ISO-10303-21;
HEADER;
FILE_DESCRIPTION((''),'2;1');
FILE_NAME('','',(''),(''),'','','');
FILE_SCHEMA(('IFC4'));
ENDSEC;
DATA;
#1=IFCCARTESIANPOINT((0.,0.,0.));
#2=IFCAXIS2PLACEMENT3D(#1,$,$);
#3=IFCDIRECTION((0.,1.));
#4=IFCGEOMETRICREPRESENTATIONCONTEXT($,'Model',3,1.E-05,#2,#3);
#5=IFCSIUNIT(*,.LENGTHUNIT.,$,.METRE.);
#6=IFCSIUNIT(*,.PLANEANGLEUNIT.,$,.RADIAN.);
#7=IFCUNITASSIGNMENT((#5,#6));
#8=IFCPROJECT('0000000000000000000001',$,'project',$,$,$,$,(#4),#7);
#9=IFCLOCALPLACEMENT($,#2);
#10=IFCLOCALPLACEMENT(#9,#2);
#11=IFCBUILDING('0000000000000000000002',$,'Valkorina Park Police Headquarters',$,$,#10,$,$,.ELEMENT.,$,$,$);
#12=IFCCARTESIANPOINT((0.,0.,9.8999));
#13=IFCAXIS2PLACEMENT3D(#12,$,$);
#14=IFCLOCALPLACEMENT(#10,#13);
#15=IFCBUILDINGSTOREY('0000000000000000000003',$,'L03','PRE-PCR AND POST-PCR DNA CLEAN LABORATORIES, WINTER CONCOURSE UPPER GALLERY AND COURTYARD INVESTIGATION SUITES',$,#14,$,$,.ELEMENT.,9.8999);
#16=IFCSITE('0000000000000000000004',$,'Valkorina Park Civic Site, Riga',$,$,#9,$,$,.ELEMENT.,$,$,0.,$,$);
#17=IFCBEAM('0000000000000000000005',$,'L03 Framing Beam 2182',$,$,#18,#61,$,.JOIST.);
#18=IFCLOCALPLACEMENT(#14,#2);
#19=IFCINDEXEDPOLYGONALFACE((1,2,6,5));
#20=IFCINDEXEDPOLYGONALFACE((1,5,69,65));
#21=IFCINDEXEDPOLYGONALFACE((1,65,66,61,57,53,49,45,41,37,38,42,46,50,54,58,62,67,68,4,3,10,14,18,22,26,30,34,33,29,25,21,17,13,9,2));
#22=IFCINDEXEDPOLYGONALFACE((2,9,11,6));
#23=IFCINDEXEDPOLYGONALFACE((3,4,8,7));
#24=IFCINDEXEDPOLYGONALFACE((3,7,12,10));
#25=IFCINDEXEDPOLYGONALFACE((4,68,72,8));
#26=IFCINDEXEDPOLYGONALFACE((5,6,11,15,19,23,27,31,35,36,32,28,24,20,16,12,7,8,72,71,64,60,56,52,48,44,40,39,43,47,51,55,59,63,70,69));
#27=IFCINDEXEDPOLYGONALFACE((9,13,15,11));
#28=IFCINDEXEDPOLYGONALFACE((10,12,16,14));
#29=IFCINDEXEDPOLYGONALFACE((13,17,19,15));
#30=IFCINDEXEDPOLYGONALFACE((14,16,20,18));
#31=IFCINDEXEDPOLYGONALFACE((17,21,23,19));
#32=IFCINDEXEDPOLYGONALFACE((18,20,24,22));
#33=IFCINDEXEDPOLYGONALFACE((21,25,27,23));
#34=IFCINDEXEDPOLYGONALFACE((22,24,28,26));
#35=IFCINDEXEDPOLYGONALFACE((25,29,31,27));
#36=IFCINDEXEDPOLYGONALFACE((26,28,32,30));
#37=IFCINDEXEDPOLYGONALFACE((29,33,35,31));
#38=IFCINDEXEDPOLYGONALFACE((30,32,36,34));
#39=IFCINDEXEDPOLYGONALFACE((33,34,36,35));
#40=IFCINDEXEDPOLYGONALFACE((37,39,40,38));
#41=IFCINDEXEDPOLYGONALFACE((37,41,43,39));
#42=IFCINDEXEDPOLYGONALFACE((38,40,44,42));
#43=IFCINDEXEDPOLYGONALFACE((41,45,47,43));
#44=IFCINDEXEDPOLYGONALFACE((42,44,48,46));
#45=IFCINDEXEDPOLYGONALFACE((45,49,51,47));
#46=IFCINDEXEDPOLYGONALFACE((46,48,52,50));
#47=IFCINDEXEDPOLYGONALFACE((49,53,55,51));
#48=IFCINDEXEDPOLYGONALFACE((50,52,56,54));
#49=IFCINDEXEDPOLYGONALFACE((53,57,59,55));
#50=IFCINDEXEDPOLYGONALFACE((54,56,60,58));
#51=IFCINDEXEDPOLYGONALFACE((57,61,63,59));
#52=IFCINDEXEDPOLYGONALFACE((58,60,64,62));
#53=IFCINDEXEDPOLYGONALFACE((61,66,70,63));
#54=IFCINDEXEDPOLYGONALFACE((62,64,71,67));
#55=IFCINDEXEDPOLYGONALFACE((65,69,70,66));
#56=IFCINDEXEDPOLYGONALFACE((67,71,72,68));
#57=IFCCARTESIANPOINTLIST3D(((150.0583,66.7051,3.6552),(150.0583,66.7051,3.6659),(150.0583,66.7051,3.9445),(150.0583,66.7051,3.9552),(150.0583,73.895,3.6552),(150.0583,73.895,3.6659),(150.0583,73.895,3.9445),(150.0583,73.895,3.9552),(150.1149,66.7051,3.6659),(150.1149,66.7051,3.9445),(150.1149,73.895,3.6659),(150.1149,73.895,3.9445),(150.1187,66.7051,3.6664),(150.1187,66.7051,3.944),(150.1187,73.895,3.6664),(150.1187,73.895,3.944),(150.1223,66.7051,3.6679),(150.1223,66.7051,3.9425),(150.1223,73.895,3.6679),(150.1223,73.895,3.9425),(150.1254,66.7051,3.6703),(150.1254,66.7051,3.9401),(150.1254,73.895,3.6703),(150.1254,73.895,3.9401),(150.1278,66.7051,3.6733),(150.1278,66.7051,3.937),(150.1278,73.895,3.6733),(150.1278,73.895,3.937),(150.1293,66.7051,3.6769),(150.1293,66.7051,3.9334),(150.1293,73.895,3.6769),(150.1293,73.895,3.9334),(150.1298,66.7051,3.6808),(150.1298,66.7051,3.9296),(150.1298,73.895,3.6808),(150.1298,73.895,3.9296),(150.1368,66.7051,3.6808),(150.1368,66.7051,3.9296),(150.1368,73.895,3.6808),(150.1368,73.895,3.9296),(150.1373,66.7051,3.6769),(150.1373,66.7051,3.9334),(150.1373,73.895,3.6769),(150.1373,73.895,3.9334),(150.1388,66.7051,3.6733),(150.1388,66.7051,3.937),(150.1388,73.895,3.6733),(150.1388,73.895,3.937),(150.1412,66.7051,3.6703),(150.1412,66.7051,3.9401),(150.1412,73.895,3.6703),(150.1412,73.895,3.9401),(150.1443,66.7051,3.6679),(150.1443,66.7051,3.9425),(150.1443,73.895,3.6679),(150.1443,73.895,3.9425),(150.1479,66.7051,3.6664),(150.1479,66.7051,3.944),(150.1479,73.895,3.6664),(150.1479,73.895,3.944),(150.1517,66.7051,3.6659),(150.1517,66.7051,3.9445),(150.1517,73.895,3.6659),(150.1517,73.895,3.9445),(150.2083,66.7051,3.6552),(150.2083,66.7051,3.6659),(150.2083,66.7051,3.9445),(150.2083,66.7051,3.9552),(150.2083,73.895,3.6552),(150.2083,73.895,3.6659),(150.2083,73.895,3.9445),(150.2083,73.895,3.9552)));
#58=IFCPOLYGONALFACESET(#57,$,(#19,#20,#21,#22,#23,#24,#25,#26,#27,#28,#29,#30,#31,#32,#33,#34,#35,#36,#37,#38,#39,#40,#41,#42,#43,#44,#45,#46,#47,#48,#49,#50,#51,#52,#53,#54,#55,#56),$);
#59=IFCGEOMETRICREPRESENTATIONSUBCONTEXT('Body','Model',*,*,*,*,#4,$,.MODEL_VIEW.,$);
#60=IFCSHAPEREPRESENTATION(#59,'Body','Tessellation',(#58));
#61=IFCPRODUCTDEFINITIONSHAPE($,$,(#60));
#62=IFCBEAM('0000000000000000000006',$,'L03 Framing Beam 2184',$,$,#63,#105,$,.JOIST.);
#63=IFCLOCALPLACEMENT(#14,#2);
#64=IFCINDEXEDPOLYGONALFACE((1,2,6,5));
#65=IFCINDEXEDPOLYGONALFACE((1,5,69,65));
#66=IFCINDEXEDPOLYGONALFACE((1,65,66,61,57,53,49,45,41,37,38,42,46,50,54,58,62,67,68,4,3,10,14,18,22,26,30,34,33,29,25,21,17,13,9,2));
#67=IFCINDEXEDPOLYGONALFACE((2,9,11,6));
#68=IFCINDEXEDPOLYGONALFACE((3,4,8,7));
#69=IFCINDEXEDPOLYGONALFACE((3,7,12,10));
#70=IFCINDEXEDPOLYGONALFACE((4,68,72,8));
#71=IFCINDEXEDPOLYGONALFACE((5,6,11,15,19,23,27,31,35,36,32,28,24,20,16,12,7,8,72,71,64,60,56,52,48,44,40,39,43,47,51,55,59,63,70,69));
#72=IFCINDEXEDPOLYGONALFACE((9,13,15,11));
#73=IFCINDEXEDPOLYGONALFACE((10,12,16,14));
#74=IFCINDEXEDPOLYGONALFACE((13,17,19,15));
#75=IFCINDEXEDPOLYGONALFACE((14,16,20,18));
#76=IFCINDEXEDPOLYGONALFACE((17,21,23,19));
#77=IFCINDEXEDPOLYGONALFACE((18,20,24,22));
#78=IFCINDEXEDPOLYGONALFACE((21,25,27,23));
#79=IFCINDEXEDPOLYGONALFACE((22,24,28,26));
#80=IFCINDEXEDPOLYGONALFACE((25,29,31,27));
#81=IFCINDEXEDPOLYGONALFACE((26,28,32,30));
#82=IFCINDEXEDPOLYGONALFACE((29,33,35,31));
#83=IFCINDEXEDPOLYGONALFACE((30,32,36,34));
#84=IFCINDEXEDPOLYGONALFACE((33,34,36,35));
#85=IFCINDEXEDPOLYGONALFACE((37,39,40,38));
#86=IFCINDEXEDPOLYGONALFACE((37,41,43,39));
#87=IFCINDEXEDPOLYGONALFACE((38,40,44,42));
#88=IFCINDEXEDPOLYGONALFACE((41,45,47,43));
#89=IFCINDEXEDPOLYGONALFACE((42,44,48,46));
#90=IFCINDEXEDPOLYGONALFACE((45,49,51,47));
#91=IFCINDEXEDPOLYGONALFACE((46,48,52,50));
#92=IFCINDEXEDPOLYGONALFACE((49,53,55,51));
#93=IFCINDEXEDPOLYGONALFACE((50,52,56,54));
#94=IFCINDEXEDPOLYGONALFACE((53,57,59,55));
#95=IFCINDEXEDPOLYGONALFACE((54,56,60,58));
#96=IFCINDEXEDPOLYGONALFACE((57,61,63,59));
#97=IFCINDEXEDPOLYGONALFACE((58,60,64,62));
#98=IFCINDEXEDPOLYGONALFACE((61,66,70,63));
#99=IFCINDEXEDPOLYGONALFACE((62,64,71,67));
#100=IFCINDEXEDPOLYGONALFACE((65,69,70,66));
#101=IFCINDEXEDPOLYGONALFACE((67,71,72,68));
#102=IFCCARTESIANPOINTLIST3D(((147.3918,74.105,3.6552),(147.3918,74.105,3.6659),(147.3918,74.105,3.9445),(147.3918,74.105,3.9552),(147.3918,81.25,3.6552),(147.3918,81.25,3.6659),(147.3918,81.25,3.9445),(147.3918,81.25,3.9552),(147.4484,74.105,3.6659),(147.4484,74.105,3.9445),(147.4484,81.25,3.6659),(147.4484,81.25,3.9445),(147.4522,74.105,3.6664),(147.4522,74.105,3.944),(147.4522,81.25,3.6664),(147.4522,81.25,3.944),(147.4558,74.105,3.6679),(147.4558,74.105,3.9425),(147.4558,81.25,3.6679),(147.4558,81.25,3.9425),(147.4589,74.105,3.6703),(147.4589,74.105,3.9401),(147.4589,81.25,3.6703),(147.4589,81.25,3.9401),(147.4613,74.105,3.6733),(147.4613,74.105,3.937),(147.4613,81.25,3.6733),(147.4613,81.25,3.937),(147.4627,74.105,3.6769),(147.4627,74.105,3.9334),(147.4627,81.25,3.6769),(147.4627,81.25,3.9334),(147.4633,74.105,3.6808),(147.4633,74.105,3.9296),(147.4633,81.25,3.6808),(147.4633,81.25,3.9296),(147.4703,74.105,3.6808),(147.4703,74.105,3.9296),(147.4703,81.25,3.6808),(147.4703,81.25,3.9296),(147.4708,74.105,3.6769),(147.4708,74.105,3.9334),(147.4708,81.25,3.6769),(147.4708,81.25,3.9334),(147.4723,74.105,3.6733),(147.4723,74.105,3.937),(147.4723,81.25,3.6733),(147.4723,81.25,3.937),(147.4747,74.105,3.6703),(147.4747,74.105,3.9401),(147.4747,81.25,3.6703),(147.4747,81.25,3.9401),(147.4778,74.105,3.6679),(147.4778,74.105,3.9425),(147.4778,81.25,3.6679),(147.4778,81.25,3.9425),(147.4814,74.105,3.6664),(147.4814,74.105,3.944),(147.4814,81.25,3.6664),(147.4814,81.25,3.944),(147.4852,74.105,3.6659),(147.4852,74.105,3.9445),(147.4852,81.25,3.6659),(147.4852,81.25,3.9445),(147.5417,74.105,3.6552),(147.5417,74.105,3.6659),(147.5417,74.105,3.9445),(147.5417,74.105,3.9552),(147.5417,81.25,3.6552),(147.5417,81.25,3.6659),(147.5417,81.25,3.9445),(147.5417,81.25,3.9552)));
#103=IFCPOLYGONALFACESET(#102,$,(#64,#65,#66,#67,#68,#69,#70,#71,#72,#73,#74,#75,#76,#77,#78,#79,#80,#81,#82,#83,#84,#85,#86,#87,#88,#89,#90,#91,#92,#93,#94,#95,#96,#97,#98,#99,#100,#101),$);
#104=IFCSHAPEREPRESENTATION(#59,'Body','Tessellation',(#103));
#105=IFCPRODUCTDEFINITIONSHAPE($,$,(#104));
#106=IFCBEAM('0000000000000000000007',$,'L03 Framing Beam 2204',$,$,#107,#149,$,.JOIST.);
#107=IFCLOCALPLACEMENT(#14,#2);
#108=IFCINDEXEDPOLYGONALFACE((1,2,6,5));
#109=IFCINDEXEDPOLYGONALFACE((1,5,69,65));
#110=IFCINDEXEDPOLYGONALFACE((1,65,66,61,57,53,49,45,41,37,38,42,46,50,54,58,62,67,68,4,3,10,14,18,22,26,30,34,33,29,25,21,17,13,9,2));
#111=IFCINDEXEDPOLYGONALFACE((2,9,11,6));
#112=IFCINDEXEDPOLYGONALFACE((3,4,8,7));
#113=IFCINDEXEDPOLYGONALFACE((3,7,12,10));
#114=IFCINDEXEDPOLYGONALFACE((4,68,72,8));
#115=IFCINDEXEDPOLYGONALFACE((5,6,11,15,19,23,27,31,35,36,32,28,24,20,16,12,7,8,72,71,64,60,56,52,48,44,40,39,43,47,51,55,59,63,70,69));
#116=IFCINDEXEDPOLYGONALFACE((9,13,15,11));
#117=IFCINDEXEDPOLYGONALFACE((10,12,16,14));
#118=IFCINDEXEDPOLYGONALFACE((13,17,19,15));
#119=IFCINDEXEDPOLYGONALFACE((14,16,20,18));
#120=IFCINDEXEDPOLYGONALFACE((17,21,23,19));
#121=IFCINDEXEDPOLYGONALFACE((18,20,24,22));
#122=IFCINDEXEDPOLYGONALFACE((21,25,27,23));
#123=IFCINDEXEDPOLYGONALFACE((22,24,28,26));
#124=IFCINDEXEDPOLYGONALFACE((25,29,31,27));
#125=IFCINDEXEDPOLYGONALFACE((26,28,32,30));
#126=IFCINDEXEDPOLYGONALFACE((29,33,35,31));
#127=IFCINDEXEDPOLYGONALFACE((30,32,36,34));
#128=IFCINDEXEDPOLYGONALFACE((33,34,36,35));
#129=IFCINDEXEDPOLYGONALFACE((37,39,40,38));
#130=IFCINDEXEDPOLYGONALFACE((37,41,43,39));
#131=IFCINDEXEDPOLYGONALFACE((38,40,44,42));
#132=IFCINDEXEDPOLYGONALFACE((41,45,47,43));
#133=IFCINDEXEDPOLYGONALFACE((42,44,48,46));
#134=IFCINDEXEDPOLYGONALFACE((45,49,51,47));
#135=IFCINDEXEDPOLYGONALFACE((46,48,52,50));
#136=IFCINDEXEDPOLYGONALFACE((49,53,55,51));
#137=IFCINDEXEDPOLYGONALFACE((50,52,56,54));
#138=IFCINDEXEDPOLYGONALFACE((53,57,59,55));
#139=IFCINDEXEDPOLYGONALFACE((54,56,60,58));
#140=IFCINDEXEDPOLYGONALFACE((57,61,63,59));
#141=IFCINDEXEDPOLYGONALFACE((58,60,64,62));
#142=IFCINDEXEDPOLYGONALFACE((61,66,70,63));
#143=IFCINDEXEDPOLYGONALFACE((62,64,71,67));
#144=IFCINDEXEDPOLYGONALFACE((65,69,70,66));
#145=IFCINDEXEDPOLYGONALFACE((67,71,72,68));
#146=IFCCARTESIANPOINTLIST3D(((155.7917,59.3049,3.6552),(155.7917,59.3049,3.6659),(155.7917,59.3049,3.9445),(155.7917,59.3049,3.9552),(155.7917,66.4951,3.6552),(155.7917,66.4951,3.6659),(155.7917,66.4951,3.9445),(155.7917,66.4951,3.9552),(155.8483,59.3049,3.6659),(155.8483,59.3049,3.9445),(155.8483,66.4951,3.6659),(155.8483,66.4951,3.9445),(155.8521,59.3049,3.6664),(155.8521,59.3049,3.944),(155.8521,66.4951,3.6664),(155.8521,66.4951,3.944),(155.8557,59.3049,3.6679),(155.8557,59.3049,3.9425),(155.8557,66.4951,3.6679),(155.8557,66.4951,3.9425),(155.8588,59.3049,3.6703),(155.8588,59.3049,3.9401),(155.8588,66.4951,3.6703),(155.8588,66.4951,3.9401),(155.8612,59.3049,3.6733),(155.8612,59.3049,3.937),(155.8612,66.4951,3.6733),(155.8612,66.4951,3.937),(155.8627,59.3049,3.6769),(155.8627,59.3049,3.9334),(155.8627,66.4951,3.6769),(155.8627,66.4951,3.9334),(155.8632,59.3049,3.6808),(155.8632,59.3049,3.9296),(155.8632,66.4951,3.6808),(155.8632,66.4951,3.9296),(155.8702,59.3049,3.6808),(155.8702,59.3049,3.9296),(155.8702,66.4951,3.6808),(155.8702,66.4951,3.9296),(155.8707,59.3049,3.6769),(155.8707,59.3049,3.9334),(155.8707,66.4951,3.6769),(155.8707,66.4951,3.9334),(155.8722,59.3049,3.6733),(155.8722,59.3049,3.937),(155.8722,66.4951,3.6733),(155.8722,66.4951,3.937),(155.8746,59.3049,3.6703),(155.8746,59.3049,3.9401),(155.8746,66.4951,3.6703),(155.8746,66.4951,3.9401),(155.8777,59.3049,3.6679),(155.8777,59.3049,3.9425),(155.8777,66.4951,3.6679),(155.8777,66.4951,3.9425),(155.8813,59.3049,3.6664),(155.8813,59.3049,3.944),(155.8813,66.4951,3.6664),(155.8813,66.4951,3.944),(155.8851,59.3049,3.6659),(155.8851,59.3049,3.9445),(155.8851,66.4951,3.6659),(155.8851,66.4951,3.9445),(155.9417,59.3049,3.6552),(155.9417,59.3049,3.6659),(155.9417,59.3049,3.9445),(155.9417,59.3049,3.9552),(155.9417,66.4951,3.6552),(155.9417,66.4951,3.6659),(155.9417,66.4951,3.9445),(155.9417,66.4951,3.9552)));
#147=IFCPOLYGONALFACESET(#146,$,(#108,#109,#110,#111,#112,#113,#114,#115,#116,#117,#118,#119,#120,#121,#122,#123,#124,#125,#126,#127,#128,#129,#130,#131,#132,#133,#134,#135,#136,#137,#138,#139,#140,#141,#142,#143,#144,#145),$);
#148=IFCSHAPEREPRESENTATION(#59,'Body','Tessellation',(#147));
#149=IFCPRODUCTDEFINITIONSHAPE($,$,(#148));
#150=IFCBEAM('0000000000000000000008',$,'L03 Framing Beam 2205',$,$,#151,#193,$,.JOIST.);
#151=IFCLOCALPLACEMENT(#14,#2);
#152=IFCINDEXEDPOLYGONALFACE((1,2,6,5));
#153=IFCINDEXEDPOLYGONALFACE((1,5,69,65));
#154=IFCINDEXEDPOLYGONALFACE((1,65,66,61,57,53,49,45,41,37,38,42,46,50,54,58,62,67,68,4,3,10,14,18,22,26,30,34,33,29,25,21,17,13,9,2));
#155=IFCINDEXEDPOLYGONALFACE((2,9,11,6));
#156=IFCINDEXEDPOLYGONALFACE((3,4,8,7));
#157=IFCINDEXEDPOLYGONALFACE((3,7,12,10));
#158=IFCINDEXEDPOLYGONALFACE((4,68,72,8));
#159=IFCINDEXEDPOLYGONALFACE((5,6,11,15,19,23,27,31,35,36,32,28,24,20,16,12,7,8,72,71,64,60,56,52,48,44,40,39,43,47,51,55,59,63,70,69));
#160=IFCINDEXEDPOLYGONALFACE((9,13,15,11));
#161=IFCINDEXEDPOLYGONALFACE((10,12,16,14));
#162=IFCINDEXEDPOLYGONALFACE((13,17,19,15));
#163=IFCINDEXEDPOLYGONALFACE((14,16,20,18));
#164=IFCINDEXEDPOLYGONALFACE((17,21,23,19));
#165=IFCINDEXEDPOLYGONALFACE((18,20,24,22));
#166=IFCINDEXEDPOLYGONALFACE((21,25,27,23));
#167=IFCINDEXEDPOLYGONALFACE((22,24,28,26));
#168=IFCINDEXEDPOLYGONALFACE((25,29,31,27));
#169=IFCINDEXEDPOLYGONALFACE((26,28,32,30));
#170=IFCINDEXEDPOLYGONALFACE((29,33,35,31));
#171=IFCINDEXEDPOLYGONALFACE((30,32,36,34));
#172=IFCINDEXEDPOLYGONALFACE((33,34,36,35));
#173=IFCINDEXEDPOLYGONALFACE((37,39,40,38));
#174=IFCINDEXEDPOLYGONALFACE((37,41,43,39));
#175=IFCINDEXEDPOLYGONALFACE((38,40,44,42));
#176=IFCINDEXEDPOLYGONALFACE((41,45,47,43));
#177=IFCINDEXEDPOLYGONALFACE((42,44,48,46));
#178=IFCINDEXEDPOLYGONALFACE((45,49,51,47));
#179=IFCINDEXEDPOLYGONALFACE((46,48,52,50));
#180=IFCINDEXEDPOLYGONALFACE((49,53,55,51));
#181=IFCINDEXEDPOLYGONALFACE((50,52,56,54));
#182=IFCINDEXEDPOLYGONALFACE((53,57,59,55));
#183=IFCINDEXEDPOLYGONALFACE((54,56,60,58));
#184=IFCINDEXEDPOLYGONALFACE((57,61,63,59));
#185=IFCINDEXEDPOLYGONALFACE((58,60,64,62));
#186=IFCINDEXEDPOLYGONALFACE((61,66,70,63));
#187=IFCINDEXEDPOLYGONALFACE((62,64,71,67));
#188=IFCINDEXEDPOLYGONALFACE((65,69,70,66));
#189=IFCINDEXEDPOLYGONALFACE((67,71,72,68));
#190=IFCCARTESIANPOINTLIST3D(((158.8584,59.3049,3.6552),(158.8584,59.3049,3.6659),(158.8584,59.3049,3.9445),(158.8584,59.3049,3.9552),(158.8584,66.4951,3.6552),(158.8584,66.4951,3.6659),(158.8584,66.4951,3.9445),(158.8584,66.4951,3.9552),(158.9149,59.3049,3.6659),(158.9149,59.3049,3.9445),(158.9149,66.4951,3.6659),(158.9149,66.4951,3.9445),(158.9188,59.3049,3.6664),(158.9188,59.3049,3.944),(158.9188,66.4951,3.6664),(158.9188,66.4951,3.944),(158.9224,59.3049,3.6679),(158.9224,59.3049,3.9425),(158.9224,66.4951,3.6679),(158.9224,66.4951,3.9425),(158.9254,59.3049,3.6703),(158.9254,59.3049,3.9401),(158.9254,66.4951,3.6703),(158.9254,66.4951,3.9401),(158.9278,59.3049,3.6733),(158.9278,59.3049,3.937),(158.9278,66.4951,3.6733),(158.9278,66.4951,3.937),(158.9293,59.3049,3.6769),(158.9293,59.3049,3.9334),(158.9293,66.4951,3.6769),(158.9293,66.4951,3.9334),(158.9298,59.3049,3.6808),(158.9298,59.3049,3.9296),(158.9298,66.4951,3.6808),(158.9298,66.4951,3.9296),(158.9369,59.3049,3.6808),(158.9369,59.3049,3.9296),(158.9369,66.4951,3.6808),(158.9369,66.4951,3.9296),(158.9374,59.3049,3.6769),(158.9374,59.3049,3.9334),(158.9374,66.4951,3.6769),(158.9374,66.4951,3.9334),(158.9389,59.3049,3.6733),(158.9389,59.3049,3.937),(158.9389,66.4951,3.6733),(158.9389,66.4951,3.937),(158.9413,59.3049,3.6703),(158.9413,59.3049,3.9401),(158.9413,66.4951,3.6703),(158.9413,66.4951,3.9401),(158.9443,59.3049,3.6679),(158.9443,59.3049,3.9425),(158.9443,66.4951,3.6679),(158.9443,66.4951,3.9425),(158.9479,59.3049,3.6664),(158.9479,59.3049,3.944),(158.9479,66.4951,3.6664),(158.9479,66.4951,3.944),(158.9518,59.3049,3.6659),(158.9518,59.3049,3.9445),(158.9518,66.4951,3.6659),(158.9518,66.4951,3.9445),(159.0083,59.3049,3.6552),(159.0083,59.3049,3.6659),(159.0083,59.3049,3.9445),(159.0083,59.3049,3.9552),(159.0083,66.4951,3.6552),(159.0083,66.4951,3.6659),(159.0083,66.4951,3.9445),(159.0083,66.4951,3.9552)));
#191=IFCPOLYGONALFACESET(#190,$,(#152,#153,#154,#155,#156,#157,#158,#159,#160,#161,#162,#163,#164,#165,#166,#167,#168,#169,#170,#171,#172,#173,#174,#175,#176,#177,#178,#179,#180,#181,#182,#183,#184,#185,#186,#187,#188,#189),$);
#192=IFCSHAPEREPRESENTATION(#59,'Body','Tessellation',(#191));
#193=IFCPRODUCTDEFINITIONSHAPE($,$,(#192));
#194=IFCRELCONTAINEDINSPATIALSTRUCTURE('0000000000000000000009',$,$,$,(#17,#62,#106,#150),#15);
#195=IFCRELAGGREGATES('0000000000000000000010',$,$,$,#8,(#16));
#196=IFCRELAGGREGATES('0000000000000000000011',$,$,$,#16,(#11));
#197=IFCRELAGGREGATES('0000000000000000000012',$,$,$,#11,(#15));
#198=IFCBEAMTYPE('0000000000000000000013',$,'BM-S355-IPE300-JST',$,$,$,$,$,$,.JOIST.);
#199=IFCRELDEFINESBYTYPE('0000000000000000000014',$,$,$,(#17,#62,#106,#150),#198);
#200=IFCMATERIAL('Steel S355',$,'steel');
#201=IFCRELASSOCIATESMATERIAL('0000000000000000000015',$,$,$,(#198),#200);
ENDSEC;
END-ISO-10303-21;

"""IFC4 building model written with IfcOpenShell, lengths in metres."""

from ifc_helpers import new_model, si_unit, direction, frame, origin, origin_2d, place, context, subcontext, project, spatial, i_section, extrude, material, material_profile, profile_set, type_object, element, save


model = new_model("IFC4")

# Units and contexts
model_context = context("Model", 3, precision=1e-05, world=origin(), true_north=direction((0.0, 1.0)))
body_context = subcontext(model_context, "Body", "Model", "MODEL_VIEW")
ifc_project = project(units=[si_unit("LENGTHUNIT", "METRE"), si_unit("PLANEANGLEUNIT", "RADIAN")], contexts=[model_context])

# Site, building, storey
site_placement = place(None, origin())
site = spatial("IfcSite", under=ifc_project, at=site_placement, Name="Valkorina Park Civic Site, Riga", CompositionType="ELEMENT", RefElevation=0.0)
building_placement = place(site_placement, origin())
building = spatial("IfcBuilding", under=site, at=building_placement, Name="Valkorina Park Police Headquarters", CompositionType="ELEMENT")
storey_placement = place(building_placement, frame((0.0, 0.0, 9.8999)))
storey = spatial("IfcBuildingStorey", under=building, at=storey_placement, Name="L03", Description="PRE-PCR AND POST-PCR DNA CLEAN LABORATORIES, WINTER CONCOURSE UPPER GALLERY AND COURTYARD INVESTIGATION SUITES", CompositionType="ELEMENT", Elevation=9.8999)

# Shared definitions
ifc_material_1 = material(Name="Steel S355", Category="steel")

# Beams
ifc_material_profile_1 = material_profile(ifc_material_1, i_section(OverallWidth=0.1499, OverallDepth=0.3, WebThickness=0.0071, FlangeThickness=0.0107, FilletRadius=0.0149, at=origin_2d()), Name="IPE 300")
ifc_profile_set_1 = profile_set([ifc_material_profile_1], Name="Steel S355")
beam_type_1 = type_object("IfcBeamType", Name="BM-S355-IPE300-JST", PredefinedType="JOIST", material=ifc_profile_set_1)
for number, where, z_axis, x_axis, name in (
    (1, (150.1333, 66.7051, 3.8052), (0.0, 1.0, 0.0), (-1.0, 0.0, 0.0), "L03 Framing Beam 2182"),
):
    element("IfcBeam", number, at=place(storey_placement, frame(where, z_axis=z_axis, x_axis=x_axis)), inside=storey, type_object=beam_type_1, Name=name, PredefinedType="JOIST", context=body_context, shape_type="SweptSolid", body=[
        extrude(i_section(OverallWidth=0.1499, OverallDepth=0.3, WebThickness=0.0071, FlangeThickness=0.0107, FilletRadius=0.0149, at=origin_2d()), origin(), (0.0, 0.0, 1.0), 7.1899),
    ])
beam_1_placement = place(storey_placement, frame((147.4668, 74.105, 3.8052), z_axis=(0.0, 1.0, 0.0), x_axis=(-1.0, 0.0, 0.0)))
element("IfcBeam", 2, at=beam_1_placement, inside=storey, type_object=beam_type_1, Name="L03 Framing Beam 2184", PredefinedType="JOIST", context=body_context, shape_type="SweptSolid", body=[
    extrude(i_section(OverallWidth=0.1499, OverallDepth=0.3, WebThickness=0.0071, FlangeThickness=0.0107, FilletRadius=0.0149, at=origin_2d()), origin(), (0.0, 0.0, 1.0), 7.145),
])
for number, where, z_axis, x_axis, name in (
    (3, (155.8667, 59.3049, 3.8052), (0.0, 1.0, 0.0), (-1.0, 0.0, 0.0), "L03 Framing Beam 2204"),
    (4, (158.9333, 59.3049, 3.8052), (0.0, 1.0, 0.0), (-1.0, 0.0, 0.0), "L03 Framing Beam 2205"),
):
    element("IfcBeam", number, at=place(storey_placement, frame(where, z_axis=z_axis, x_axis=x_axis)), inside=storey, type_object=beam_type_1, Name=name, PredefinedType="JOIST", context=body_context, shape_type="SweptSolid", body=[
        extrude(i_section(OverallWidth=0.1499, OverallDepth=0.3, WebThickness=0.0071, FlangeThickness=0.0107, FilletRadius=0.0149, at=origin_2d()), origin(), (0.0, 0.0, 1.0), 7.1902),
    ])

save(model, "model.ifc")
